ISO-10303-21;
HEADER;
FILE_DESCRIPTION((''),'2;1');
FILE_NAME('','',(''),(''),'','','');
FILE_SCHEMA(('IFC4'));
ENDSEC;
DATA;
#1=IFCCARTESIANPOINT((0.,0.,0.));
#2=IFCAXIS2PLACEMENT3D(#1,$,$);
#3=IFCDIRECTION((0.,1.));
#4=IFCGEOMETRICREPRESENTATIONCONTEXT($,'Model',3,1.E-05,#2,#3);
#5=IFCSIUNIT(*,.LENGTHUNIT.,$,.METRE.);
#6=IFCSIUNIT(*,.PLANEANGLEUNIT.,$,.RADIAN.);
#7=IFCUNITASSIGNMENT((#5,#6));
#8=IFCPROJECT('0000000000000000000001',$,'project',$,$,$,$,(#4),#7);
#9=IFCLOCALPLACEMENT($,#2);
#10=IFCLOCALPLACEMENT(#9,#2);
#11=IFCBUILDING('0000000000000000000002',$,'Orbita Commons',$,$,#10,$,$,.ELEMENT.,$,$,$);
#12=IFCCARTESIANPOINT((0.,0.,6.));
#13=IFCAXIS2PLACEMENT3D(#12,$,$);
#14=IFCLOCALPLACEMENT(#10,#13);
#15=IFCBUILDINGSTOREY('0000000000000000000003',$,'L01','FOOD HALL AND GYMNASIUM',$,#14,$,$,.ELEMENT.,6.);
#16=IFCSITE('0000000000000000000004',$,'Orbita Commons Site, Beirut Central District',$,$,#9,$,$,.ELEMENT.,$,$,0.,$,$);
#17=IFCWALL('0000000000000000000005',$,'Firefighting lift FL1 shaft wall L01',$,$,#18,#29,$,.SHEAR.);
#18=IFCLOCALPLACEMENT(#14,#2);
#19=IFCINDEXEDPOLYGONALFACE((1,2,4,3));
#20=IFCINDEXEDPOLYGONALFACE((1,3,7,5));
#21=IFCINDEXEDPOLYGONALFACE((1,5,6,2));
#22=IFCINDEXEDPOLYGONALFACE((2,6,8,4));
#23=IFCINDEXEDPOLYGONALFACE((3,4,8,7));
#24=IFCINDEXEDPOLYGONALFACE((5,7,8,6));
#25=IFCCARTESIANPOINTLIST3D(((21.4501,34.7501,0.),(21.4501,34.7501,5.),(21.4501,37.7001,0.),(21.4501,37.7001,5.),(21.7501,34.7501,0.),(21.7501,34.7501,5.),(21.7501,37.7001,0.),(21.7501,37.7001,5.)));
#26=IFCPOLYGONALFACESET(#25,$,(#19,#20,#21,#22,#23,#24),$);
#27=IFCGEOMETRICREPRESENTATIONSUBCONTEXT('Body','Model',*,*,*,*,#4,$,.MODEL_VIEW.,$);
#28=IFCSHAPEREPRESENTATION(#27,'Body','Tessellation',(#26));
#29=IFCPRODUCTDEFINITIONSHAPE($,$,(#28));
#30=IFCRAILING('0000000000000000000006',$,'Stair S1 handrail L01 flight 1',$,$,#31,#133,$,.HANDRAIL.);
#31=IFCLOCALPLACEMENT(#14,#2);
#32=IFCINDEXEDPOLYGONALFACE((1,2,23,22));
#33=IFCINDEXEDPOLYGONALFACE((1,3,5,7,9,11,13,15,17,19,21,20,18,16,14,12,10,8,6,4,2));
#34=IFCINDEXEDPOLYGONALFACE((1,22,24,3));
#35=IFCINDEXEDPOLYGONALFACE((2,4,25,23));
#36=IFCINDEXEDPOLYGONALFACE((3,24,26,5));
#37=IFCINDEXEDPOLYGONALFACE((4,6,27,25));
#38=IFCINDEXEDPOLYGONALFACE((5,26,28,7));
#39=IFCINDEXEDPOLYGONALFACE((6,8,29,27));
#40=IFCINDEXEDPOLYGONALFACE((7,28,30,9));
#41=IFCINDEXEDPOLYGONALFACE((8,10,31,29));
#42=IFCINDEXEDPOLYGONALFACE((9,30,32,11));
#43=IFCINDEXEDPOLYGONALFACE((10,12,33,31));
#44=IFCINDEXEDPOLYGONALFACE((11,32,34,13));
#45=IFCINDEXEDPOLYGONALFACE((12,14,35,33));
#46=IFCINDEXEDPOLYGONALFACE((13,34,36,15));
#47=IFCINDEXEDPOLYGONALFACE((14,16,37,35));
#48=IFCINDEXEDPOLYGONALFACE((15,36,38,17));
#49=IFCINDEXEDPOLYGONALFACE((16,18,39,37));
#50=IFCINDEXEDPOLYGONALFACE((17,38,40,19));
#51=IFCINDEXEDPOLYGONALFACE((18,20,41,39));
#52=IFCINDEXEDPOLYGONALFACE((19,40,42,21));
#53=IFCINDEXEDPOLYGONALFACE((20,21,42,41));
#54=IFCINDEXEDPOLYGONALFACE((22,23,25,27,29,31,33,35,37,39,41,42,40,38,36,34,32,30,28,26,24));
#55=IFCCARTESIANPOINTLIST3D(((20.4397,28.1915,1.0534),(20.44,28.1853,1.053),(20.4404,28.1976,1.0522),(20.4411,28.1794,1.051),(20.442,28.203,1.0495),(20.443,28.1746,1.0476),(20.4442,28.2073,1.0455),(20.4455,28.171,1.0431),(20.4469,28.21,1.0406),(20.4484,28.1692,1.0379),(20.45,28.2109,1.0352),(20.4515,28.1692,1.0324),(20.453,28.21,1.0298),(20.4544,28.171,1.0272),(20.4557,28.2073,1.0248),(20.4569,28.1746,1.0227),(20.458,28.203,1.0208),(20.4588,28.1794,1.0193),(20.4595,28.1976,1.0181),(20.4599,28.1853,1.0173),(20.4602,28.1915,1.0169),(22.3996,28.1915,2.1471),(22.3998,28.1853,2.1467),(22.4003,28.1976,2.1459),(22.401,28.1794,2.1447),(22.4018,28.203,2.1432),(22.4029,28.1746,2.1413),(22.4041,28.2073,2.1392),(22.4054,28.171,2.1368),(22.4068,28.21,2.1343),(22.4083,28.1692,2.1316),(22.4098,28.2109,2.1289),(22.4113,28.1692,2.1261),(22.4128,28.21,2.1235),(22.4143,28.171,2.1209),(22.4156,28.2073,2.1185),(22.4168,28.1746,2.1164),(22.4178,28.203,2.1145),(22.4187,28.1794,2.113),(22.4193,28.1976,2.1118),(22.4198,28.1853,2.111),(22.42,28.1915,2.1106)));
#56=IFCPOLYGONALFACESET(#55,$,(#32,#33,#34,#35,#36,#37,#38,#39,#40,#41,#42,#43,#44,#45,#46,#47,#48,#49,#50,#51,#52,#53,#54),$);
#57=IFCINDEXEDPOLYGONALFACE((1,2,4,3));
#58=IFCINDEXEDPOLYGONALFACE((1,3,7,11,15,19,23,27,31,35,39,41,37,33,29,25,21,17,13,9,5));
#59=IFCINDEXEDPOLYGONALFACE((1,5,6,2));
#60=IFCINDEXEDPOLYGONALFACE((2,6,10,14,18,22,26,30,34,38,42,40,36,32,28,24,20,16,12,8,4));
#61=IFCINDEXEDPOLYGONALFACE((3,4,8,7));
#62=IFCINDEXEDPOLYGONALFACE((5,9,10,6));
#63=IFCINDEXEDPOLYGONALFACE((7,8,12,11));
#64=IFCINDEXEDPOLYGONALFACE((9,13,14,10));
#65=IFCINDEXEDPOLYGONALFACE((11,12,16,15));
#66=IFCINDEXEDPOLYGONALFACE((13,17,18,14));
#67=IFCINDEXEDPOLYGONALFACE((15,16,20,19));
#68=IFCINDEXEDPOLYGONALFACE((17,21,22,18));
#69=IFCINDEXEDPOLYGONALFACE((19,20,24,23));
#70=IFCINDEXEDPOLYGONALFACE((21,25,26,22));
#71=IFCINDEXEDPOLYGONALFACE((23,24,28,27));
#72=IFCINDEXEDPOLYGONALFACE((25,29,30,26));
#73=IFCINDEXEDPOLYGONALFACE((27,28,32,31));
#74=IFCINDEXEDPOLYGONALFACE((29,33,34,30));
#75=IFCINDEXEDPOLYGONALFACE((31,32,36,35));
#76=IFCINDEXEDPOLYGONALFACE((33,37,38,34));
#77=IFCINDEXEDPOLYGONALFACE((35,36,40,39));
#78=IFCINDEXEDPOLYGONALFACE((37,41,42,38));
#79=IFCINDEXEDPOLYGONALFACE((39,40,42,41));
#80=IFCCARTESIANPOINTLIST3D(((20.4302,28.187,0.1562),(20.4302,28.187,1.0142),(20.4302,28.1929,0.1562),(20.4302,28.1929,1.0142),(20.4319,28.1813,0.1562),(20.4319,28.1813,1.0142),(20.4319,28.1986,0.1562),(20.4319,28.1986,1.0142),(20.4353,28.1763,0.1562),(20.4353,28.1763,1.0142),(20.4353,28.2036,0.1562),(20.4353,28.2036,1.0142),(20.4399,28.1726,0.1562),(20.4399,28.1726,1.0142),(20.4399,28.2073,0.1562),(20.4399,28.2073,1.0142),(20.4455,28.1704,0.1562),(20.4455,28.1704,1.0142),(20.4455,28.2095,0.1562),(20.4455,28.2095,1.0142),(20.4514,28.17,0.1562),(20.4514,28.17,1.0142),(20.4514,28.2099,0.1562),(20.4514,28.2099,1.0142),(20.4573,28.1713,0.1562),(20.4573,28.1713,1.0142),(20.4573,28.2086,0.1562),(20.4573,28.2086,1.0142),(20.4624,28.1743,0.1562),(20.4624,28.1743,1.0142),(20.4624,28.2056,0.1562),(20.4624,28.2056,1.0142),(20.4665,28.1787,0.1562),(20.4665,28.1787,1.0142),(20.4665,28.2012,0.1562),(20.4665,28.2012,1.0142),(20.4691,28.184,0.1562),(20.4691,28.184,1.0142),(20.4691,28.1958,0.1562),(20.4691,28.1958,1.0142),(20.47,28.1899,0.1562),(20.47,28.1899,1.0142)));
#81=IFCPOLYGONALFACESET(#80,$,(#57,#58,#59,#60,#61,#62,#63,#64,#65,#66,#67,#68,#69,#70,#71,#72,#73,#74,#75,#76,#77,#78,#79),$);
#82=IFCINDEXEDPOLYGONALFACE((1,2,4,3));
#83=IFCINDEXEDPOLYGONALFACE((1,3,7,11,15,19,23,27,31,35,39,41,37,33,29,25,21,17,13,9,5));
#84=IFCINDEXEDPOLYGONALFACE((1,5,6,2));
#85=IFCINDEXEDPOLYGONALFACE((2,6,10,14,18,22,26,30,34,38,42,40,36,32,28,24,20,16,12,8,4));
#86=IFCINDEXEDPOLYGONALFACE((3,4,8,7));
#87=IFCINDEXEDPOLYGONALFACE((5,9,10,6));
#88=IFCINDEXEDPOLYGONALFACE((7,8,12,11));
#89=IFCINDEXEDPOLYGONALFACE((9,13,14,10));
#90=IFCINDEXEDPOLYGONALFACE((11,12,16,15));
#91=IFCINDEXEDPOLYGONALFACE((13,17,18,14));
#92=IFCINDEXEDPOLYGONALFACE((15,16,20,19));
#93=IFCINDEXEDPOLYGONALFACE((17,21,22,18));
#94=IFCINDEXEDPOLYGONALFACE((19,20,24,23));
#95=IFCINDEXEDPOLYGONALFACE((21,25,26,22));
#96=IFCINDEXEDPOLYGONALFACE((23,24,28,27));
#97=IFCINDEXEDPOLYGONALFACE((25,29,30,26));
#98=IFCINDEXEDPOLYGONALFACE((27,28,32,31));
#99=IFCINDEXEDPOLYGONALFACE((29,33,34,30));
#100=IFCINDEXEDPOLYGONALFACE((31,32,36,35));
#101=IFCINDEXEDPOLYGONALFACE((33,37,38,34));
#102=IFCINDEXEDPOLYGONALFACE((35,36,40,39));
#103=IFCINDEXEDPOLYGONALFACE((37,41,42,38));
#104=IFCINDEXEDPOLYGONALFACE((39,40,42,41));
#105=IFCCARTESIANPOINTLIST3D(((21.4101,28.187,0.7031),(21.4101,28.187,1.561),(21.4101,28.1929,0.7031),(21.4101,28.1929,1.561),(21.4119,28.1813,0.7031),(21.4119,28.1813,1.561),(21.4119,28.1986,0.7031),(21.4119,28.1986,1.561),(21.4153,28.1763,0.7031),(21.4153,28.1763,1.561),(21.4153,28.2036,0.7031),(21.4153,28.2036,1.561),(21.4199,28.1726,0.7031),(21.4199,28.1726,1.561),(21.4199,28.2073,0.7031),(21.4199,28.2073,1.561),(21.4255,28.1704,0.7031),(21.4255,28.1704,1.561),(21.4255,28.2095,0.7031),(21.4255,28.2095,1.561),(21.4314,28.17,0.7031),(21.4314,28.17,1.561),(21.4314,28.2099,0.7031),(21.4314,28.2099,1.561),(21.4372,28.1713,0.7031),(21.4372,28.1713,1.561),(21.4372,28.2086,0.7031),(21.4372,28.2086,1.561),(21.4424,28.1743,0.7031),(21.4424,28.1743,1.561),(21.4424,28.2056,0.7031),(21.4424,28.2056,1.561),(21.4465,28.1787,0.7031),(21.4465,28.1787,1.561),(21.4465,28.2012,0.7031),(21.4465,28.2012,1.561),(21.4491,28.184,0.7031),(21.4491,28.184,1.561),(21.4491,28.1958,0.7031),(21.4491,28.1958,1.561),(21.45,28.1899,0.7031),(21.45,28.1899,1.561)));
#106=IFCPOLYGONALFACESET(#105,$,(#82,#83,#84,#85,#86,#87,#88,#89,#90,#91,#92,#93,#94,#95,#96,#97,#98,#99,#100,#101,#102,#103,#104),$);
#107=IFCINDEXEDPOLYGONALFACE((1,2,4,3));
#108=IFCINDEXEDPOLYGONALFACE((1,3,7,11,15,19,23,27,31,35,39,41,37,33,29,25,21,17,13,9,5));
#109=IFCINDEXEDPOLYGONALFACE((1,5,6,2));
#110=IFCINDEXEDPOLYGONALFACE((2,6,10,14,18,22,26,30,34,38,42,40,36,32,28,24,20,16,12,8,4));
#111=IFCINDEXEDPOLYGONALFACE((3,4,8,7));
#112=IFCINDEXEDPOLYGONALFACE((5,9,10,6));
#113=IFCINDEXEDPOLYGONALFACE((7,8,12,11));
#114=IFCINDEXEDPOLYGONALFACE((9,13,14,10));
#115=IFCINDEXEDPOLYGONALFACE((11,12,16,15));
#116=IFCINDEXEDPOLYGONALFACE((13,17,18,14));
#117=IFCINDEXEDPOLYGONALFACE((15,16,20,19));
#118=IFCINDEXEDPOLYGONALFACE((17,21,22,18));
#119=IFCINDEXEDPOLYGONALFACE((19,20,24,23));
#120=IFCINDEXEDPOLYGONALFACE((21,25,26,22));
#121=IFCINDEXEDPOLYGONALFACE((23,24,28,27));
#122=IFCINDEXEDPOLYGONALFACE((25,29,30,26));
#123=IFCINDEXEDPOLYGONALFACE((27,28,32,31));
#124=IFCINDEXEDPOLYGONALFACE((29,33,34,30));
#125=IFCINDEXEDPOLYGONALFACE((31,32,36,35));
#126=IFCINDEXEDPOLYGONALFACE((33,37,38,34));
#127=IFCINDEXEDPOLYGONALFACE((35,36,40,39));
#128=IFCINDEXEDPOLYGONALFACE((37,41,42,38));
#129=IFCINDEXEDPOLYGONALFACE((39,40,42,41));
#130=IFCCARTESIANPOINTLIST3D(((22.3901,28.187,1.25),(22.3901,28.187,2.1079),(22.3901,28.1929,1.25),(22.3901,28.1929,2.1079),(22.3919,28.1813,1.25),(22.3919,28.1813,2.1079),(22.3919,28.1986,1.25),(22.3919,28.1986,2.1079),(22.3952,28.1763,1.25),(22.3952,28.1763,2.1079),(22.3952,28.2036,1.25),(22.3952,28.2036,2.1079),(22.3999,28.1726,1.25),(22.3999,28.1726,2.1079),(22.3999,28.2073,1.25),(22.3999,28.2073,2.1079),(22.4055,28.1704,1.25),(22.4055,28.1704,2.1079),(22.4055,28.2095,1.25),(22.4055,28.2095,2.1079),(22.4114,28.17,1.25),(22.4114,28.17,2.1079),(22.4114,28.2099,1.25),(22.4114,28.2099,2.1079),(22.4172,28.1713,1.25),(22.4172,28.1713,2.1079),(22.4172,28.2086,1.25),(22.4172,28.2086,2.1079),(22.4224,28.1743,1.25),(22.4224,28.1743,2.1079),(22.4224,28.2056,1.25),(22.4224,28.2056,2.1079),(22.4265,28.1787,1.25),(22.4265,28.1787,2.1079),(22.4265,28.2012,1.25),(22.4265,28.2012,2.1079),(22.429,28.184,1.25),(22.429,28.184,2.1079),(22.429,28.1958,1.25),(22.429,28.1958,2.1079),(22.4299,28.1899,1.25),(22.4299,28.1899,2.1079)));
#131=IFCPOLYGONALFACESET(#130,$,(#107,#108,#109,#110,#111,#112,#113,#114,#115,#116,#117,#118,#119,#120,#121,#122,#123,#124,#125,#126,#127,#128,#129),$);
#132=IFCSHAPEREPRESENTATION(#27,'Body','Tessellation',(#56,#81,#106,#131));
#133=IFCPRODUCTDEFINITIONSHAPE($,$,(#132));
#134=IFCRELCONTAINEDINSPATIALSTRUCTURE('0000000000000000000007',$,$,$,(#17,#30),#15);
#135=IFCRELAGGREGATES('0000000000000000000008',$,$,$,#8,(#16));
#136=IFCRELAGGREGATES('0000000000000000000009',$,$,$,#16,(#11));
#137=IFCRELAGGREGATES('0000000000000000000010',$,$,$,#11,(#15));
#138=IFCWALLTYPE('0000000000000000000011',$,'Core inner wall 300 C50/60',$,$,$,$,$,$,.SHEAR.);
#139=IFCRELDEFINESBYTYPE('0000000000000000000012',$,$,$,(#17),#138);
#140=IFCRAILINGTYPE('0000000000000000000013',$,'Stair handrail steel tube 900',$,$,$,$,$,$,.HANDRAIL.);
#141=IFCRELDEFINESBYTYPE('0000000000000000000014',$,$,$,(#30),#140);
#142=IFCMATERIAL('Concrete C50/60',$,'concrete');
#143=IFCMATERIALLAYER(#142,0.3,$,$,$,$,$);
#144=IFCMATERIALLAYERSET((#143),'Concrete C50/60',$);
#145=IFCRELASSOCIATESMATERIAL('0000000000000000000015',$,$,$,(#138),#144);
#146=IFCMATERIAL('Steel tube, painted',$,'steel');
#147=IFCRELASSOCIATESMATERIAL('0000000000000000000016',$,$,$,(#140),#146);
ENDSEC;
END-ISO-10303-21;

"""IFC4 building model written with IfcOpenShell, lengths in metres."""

from ifc_helpers import new_model, si_unit, direction, frame, frame_2d, origin, origin_2d, place, context, subcontext, project, spatial, rectangle, circle, extrude, material, layer, layer_set, type_object, element, save


model = new_model("IFC4")

# Units and contexts
model_context = context("Model", 3, precision=1e-05, world=origin(), true_north=direction((0.0, 1.0)))
body_context = subcontext(model_context, "Body", "Model", "MODEL_VIEW")
ifc_project = project(units=[si_unit("LENGTHUNIT", "METRE"), si_unit("PLANEANGLEUNIT", "RADIAN")], contexts=[model_context])

# Site, building, storey
site_placement = place(None, origin())
site = spatial("IfcSite", under=ifc_project, at=site_placement, Name="Orbita Commons Site, Beirut Central District", CompositionType="ELEMENT", RefElevation=0.0)
building_placement = place(site_placement, origin())
building = spatial("IfcBuilding", under=site, at=building_placement, Name="Orbita Commons", CompositionType="ELEMENT")
storey_placement = place(building_placement, frame((0.0, 0.0, 6.0)))
storey = spatial("IfcBuildingStorey", under=building, at=storey_placement, Name="L01", Description="FOOD HALL AND GYMNASIUM", CompositionType="ELEMENT", Elevation=6.0)

# Shared definitions
ifc_material_1 = material(Name="Concrete C50/60", Category="concrete")
ifc_layer = layer(ifc_material_1, 0.3)
ifc_layer_set = layer_set([ifc_layer], Name="Concrete C50/60")
wall_type = type_object("IfcWallType", Name="Core inner wall 300 C50/60", PredefinedType="SHEAR", material=ifc_layer_set)

# Wall
wall_1_placement = place(storey_placement, frame((21.6001, 34.75, 0.0), z_axis=(0.0, 0.0, 1.0), x_axis=(0.0, 1.0, 0.0)))
element("IfcWall", 1, at=wall_1_placement, inside=storey, type_object=wall_type, Name="Firefighting lift FL1 shaft wall L01", PredefinedType="SHEAR", context=body_context, shape_type="SweptSolid", body=[
    extrude(rectangle(XDim=2.95, YDim=0.3, at=frame_2d((1.4751, 0.0))), origin(), (0.0, 0.0, 1.0), 5.0),
])

# Railing
ifc_material_2 = material(Name="Steel tube, painted", Category="steel")
railing_type = type_object("IfcRailingType", Name="Stair handrail steel tube 900", PredefinedType="HANDRAIL", material=ifc_material_2)
railing_1_placement = place(storey_placement, frame((20.45, 28.1899, 0.1562)))
element("IfcRailing", 2, at=railing_1_placement, inside=storey, type_object=railing_type, Name="Stair S1 handrail L01 flight 1", PredefinedType="HANDRAIL", context=body_context, shape_type="SweptSolid", body=[
    extrude(circle(Radius=0.021, at=origin_2d()), frame((0.0, 0.0, 0.8789), z_axis=(0.873232, 0.0, 0.487304), x_axis=(0.0, 1.0, 0.0)), (0.0, 0.0, 1.0), 2.2444),
    extrude(circle(Radius=0.02, at=origin_2d()), origin(), (0.0, 0.0, 1.0), 0.8579),
    extrude(circle(Radius=0.02, at=origin_2d()), frame((0.98, 0.0, 0.5469)), (0.0, 0.0, 1.0), 0.8579),
    extrude(circle(Radius=0.02, at=origin_2d()), frame((1.96, 0.0, 1.0938)), (0.0, 0.0, 1.0), 0.8579),
])

save(model, "model.ifc")
